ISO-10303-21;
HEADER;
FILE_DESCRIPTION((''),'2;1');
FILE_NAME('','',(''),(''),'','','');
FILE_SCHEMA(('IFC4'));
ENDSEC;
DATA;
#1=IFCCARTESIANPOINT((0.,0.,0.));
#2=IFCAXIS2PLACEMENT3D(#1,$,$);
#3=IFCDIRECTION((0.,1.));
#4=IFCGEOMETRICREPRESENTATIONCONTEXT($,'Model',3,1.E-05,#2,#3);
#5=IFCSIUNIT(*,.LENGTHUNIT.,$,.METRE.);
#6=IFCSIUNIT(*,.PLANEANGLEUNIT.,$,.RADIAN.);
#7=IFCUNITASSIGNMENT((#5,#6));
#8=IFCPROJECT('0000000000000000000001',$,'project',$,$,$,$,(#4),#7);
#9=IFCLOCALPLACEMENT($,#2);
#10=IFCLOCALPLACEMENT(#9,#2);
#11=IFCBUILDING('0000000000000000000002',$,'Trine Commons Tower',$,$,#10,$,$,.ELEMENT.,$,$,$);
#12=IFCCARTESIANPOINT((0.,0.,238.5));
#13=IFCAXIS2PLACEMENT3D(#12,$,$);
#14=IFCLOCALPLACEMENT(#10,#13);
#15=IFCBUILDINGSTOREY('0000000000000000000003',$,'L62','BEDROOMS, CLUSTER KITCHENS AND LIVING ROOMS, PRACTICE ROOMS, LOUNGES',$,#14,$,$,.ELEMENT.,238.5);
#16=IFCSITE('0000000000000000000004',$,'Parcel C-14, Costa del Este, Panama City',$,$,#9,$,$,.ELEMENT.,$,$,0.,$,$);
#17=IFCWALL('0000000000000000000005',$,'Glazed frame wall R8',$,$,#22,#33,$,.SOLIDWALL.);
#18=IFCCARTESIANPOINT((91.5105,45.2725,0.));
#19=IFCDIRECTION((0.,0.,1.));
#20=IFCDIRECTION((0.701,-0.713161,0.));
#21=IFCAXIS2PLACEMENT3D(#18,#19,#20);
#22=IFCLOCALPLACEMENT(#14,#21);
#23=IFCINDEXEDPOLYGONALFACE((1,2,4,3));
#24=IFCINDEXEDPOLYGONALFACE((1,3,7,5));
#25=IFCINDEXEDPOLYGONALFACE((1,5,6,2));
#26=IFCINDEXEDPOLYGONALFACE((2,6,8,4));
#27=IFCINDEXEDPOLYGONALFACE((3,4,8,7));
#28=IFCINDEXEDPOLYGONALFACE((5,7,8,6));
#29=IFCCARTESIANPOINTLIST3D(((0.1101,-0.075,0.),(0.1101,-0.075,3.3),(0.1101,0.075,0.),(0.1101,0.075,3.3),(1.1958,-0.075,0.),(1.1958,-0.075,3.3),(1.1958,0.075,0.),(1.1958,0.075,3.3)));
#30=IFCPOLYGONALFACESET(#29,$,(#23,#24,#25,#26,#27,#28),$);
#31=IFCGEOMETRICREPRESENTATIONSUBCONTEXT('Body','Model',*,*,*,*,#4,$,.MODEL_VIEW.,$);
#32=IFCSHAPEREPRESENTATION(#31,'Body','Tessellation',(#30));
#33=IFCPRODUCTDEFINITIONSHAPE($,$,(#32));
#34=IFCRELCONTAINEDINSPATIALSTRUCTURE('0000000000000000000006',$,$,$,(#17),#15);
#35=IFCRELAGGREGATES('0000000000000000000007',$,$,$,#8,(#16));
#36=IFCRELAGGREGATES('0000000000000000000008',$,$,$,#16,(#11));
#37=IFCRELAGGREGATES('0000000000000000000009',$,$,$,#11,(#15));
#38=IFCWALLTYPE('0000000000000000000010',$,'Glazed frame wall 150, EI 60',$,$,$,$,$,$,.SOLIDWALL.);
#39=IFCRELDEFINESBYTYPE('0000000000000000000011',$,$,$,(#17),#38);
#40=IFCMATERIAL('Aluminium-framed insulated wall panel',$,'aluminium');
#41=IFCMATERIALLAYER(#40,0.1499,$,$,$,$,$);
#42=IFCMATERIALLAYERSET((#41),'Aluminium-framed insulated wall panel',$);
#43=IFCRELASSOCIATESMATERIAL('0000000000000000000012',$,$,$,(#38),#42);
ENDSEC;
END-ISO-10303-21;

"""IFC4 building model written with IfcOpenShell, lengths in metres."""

from ifc_helpers import new_model, si_unit, direction, frame, origin, place, context, subcontext, project, spatial, polyline, outline, extrude, material, layer, layer_set, type_object, element, save


model = new_model("IFC4")

# Units and contexts
model_context = context("Model", 3, precision=1e-05, world=origin(), true_north=direction((0.0, 1.0)))
body_context = subcontext(model_context, "Body", "Model", "MODEL_VIEW")
ifc_project = project(units=[si_unit("LENGTHUNIT", "METRE"), si_unit("PLANEANGLEUNIT", "RADIAN")], contexts=[model_context])

# Site, building, storey
site_placement = place(None, origin())
site = spatial("IfcSite", under=ifc_project, at=site_placement, Name="Parcel C-14, Costa del Este, Panama City", CompositionType="ELEMENT", RefElevation=0.0)
building_placement = place(site_placement, origin())
building = spatial("IfcBuilding", under=site, at=building_placement, Name="Trine Commons Tower", CompositionType="ELEMENT")
storey_placement = place(building_placement, frame((0.0, 0.0, 238.5)))
storey = spatial("IfcBuildingStorey", under=building, at=storey_placement, Name="L62", Description="BEDROOMS, CLUSTER KITCHENS AND LIVING ROOMS, PRACTICE ROOMS, LOUNGES", CompositionType="ELEMENT", Elevation=238.5)

# Wall
ifc_material_1 = material(Name="Aluminium-framed insulated wall panel", Category="aluminium")
ifc_layer_1 = layer(ifc_material_1, 0.1499)
ifc_layer_set_1 = layer_set([ifc_layer_1], Name="Aluminium-framed insulated wall panel")
wall_type_1 = type_object("IfcWallType", Name="Glazed frame wall 150, EI 60", PredefinedType="SOLIDWALL", material=ifc_layer_set_1)
wall_1_placement = place(storey_placement, frame((91.5105, 45.2725, 0.0), z_axis=(0.0, 0.0, 1.0), x_axis=(0.701, -0.713161, 0.0)))
element("IfcWall", 1, at=wall_1_placement, inside=storey, type_object=wall_type_1, Name="Glazed frame wall R8", PredefinedType="SOLIDWALL", context=body_context, shape_type="SweptSolid", body=[
    extrude(outline(polyline([(0.1101, 0.075), (0.1101, -0.075), (1.1958, -0.075), (1.1958, 0.075), (0.1101, 0.075)])), origin(), (0.0, 0.0, 1.0), 3.3),
])

save(model, "model.ifc")
